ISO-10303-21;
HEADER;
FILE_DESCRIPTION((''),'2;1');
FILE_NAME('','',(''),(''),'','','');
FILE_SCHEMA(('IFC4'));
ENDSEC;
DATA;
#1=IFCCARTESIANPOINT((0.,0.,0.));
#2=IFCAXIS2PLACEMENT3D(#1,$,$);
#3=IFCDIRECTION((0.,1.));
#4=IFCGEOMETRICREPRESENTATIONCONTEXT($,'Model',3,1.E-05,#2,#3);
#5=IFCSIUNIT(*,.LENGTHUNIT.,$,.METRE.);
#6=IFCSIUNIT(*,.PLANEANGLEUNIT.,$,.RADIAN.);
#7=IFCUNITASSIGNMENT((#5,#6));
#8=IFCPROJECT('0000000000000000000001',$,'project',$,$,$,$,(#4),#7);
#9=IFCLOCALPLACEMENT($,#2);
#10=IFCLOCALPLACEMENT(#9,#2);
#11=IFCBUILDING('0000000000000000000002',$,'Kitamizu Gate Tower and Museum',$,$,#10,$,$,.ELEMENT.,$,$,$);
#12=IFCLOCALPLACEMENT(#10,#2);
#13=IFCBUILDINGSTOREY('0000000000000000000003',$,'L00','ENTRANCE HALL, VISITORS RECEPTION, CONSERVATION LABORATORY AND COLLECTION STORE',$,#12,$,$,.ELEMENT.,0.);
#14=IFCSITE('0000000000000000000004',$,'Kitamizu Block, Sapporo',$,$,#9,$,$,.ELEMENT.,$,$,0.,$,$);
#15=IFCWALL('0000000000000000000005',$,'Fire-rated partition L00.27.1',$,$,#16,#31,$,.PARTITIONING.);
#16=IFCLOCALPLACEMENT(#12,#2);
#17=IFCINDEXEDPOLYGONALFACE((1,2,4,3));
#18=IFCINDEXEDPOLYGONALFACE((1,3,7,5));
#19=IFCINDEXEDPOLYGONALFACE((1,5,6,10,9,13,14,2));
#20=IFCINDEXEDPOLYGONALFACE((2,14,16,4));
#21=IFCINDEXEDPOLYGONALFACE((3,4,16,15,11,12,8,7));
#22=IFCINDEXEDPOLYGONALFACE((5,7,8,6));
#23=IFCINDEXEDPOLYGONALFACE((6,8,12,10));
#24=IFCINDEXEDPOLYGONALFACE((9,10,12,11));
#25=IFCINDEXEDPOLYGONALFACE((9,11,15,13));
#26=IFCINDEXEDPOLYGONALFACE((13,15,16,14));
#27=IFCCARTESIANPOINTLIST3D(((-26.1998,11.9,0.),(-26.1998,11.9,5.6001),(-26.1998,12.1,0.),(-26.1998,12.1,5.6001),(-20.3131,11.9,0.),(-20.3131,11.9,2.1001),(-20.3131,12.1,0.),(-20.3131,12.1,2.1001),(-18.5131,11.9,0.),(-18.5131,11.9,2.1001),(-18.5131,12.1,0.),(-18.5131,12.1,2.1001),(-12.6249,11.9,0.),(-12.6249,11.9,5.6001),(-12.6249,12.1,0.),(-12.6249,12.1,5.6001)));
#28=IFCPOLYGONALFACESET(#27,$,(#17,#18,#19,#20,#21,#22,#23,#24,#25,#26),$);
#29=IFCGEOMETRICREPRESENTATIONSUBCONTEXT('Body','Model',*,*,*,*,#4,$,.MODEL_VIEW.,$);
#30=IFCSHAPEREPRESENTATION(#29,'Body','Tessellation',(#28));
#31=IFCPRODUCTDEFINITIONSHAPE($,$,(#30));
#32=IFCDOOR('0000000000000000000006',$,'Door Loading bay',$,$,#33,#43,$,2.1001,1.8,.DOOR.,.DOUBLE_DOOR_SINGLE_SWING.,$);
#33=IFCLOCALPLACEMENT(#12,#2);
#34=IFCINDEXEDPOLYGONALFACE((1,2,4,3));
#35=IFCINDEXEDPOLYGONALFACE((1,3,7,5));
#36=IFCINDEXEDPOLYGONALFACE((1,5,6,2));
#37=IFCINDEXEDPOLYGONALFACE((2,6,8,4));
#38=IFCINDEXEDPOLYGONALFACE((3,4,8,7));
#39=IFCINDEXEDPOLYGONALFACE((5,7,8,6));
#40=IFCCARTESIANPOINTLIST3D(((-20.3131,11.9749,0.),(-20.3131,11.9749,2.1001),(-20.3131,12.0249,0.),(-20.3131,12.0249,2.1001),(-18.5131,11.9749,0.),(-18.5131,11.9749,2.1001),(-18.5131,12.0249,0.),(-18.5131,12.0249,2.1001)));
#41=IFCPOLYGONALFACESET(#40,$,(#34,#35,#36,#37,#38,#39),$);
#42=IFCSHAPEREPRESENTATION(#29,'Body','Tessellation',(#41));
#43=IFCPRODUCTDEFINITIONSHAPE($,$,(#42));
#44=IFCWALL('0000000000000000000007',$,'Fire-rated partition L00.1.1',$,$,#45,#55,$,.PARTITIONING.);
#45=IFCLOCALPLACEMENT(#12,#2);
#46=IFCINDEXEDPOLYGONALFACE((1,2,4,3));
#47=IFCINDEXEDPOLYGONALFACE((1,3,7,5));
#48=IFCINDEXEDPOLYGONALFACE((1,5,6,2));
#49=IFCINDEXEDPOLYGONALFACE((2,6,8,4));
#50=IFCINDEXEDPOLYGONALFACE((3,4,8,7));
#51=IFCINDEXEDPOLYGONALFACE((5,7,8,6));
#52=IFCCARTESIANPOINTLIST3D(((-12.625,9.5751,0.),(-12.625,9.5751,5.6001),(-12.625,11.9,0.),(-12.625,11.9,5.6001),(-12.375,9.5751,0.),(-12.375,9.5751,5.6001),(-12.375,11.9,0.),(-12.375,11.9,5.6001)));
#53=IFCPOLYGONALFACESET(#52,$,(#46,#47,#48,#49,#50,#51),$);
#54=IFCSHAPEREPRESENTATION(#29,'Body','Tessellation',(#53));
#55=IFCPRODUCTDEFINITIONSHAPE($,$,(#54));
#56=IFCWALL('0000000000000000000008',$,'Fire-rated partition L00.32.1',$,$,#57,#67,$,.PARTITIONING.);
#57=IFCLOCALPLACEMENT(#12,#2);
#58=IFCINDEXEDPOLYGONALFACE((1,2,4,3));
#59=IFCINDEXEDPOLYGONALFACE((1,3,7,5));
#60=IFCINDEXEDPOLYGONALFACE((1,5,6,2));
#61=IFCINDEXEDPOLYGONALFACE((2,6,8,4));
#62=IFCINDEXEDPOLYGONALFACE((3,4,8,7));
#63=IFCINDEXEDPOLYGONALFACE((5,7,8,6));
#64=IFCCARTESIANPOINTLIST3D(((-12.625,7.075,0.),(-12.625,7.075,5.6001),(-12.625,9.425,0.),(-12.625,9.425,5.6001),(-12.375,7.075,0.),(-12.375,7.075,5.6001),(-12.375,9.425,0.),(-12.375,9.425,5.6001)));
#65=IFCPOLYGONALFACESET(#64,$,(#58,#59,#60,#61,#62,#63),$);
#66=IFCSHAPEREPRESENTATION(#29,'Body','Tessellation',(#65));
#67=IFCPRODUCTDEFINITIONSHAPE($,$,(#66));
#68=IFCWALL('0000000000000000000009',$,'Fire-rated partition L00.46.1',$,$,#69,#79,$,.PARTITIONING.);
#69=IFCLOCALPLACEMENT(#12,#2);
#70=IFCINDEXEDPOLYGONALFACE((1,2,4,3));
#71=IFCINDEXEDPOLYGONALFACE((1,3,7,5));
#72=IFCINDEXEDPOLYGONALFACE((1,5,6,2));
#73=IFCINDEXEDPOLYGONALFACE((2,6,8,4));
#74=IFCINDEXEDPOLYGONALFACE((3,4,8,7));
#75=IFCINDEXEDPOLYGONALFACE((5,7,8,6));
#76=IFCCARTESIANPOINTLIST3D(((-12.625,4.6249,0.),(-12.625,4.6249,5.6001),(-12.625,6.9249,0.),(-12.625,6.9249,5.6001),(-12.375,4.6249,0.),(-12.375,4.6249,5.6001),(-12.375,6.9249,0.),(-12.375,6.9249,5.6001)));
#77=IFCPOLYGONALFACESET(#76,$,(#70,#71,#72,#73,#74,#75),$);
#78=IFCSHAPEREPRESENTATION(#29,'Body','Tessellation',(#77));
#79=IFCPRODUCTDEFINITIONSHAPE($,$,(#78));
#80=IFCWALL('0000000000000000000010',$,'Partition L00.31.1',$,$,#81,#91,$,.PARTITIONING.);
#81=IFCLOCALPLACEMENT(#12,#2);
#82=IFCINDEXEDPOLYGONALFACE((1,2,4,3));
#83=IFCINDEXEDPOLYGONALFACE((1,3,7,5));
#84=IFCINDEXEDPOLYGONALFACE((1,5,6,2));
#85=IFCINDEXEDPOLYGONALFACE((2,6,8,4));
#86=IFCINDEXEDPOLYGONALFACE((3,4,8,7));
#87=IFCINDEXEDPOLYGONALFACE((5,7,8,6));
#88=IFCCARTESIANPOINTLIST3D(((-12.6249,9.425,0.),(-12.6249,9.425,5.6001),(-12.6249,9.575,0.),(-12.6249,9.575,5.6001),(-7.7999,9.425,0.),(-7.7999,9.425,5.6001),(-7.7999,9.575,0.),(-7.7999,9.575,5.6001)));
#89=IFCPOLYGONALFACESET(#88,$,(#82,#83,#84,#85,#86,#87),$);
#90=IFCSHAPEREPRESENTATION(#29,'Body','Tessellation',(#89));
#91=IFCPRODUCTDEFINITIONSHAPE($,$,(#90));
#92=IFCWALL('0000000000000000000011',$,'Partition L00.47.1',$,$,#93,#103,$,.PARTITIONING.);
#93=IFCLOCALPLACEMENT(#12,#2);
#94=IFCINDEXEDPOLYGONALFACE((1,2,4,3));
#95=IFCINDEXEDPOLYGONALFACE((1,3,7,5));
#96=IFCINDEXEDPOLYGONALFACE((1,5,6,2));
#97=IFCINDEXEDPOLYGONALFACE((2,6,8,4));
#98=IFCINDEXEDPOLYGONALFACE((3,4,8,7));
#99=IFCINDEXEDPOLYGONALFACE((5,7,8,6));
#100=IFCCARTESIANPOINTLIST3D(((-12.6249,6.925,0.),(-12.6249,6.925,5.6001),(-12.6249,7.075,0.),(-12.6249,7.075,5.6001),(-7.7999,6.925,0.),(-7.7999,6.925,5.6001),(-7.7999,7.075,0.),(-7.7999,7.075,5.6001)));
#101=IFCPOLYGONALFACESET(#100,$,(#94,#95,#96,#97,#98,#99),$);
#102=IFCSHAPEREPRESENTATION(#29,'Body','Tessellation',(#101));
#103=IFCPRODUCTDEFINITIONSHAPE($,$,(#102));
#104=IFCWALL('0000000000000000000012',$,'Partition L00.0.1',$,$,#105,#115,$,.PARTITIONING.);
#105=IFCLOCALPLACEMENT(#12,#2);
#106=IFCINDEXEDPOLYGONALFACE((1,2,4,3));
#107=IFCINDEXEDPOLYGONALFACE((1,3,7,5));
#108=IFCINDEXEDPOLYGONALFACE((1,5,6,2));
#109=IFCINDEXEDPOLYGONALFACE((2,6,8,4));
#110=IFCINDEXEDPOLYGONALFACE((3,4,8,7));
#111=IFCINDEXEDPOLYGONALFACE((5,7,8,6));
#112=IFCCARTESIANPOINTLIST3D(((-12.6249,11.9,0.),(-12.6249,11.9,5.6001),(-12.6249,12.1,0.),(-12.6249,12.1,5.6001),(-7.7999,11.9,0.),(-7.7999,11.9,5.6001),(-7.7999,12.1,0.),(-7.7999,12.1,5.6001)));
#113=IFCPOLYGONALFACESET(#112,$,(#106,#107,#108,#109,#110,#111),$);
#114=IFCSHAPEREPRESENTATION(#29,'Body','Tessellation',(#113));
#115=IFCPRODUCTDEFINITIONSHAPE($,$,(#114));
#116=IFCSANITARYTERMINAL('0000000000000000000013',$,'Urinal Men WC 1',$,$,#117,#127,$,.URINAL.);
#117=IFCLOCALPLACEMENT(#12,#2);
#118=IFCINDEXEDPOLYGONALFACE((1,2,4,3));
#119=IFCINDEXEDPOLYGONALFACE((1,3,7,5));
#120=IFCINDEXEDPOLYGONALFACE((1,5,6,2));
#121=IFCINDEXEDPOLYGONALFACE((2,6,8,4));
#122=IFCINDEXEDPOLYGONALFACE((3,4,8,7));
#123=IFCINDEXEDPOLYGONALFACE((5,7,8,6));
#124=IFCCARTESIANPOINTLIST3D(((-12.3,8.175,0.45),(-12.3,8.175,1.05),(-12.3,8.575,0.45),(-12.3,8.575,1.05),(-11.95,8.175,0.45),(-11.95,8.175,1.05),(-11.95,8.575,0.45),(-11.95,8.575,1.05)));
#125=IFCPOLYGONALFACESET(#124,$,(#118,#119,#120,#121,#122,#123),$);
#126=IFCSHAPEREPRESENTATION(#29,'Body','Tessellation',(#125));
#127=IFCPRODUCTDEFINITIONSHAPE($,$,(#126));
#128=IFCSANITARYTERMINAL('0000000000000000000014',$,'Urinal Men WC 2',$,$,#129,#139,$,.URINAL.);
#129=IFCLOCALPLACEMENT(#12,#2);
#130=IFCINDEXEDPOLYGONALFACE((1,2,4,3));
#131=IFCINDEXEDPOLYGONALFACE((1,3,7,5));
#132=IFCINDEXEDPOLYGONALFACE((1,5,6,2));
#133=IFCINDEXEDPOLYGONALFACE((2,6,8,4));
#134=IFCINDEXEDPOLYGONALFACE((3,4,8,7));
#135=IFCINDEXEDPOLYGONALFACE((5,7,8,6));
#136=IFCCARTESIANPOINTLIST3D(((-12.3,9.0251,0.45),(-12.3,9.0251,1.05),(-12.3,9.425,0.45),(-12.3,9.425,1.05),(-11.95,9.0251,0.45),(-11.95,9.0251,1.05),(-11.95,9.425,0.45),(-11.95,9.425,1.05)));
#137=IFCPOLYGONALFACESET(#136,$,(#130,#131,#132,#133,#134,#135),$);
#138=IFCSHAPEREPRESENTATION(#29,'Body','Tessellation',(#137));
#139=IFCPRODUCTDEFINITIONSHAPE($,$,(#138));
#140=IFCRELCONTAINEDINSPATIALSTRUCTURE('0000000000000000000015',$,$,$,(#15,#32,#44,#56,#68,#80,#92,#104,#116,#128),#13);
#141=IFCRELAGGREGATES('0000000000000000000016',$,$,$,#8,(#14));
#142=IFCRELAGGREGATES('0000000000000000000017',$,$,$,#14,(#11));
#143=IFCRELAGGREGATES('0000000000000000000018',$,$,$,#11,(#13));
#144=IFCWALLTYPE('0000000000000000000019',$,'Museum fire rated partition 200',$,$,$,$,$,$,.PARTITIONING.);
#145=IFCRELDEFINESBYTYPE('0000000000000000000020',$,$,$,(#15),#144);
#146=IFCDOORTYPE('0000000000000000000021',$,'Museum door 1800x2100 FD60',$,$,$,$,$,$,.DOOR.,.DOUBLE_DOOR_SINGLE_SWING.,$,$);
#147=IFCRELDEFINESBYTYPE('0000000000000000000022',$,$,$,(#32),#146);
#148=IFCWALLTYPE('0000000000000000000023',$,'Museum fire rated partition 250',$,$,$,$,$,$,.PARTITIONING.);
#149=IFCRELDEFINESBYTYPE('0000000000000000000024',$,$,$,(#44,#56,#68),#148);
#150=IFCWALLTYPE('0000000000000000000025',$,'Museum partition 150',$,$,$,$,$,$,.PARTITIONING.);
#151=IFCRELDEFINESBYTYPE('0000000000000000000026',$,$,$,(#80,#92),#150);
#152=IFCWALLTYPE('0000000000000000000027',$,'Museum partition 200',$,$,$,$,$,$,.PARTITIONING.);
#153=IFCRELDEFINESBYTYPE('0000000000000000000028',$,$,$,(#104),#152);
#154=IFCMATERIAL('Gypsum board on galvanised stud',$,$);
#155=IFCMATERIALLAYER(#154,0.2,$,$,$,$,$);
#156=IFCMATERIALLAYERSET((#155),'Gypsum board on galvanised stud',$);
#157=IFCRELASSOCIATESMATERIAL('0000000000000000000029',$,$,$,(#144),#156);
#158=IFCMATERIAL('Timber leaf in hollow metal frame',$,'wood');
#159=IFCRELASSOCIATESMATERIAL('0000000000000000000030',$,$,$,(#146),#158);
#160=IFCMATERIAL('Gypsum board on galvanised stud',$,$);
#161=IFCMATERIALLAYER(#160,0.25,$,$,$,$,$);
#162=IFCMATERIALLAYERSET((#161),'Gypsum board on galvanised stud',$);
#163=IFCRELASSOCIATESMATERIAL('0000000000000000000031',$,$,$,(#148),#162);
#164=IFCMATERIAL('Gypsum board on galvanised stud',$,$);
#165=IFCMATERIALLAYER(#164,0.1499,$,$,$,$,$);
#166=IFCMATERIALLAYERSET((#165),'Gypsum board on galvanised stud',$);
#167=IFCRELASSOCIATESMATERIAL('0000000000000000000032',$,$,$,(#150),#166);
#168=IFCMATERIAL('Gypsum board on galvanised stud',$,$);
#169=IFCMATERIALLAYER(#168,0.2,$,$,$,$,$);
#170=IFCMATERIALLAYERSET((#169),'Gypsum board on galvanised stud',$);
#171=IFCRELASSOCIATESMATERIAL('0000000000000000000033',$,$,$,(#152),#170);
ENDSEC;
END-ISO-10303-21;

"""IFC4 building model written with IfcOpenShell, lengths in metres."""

from ifc_helpers import new_model, si_unit, direction, frame, frame_2d, origin, origin_2d, place, context, subcontext, project, spatial, rectangle, extrude, material, layer, layer_set, type_object, element, fill, save


model = new_model("IFC4")

# Units and contexts
model_context = context("Model", 3, precision=1e-05, world=origin(), true_north=direction((0.0, 1.0)))
body_context = subcontext(model_context, "Body", "Model", "MODEL_VIEW")
ifc_project = project(units=[si_unit("LENGTHUNIT", "METRE"), si_unit("PLANEANGLEUNIT", "RADIAN")], contexts=[model_context])

# Site, building, storey
site_placement = place(None, origin())
site = spatial("IfcSite", under=ifc_project, at=site_placement, Name="Kitamizu Block, Sapporo", CompositionType="ELEMENT", RefElevation=0.0)
building_placement = place(site_placement, origin())
building = spatial("IfcBuilding", under=site, at=building_placement, Name="Kitamizu Gate Tower and Museum", CompositionType="ELEMENT")
storey_placement = place(building_placement, origin())
storey = spatial("IfcBuildingStorey", under=building, at=storey_placement, Name="L00", Description="ENTRANCE HALL, VISITORS RECEPTION, CONSERVATION LABORATORY AND COLLECTION STORE", CompositionType="ELEMENT", Elevation=0.0)

# Wall, opening, door
ifc_material_1 = material(Name="Gypsum board on galvanised stud")
ifc_layer_1 = layer(ifc_material_1, 0.2)
ifc_layer_set_1 = layer_set([ifc_layer_1], Name="Gypsum board on galvanised stud")
wall_type_1 = type_object("IfcWallType", Name="Museum fire rated partition 200", PredefinedType="PARTITIONING", material=ifc_layer_set_1)
wall_1_placement = place(storey_placement, frame((-26.2, 12.0, 0.0), z_axis=(0.0, 0.0, 1.0), x_axis=(1.0, 0.0, 0.0)))
wall_1 = element("IfcWall", 1, at=wall_1_placement, inside=storey, type_object=wall_type_1, Name="Fire-rated partition L00.27.1", PredefinedType="PARTITIONING", context=body_context, shape_type="SweptSolid", body=[
    extrude(rectangle(XDim=13.575, YDim=0.2, at=frame_2d((6.7876, 0.0))), origin(), (0.0, 0.0, 1.0), 5.6001),
])
opening_1_placement = place(wall_1_placement, frame((5.887, 0.0, 0.0)))
opening_1 = element("IfcOpeningElement", 2, at=opening_1_placement, cuts=wall_1, PredefinedType="OPENING", context=body_context, shape_type="SweptSolid", body=[
    extrude(rectangle(XDim=1.8, YDim=2.1001, at=frame_2d((0.8999, 1.05))), frame((0.0, 0.1099, 0.0), z_axis=(0.0, -1.0, 0.0), x_axis=(1.0, 0.0, 0.0)), (0.0, 0.0, 1.0), 0.22),
])
ifc_material_2 = material(Name="Timber leaf in hollow metal frame", Category="wood")
door_type_1 = type_object("IfcDoorType", Name="Museum door 1800x2100 FD60", OperationType="DOUBLE_DOOR_SINGLE_SWING", PredefinedType="DOOR", material=ifc_material_2)
door_1_placement = place(opening_1_placement, origin())
door_1 = element("IfcDoor", 3, at=door_1_placement, inside=storey, type_object=door_type_1, Name="Door Loading bay", OperationType="DOUBLE_DOOR_SINGLE_SWING", OverallHeight=2.1001, OverallWidth=1.8, PredefinedType="DOOR", context=body_context, shape_type="SweptSolid", body=[
    extrude(rectangle(XDim=1.8, YDim=2.1001, at=frame_2d((0.8999, 1.05))), frame((0.0, 0.0249, 0.0), z_axis=(0.0, -1.0, 0.0), x_axis=(1.0, 0.0, 0.0)), (0.0, 0.0, 1.0), 0.05),
])
fill(opening_1, door_1)

# Walls
ifc_material_3 = material(Name="Gypsum board on galvanised stud")
ifc_layer_2 = layer(ifc_material_3, 0.25)
ifc_layer_set_2 = layer_set([ifc_layer_2], Name="Gypsum board on galvanised stud")
wall_type_2 = type_object("IfcWallType", Name="Museum fire rated partition 250", PredefinedType="PARTITIONING", material=ifc_layer_set_2)
wall_2_placement = place(storey_placement, frame((-12.5, 9.575, 0.0), z_axis=(0.0, 0.0, 1.0), x_axis=(0.0, 1.0, 0.0)))
element("IfcWall", 4, at=wall_2_placement, inside=storey, type_object=wall_type_2, Name="Fire-rated partition L00.1.1", PredefinedType="PARTITIONING", context=body_context, shape_type="SweptSolid", body=[
    extrude(rectangle(XDim=2.325, YDim=0.25, at=frame_2d((1.1626, 0.0))), origin(), (0.0, 0.0, 1.0), 5.6001),
])
wall_3_placement = place(storey_placement, frame((-12.5, 7.075, 0.0), z_axis=(0.0, 0.0, 1.0), x_axis=(0.0, 1.0, 0.0)))
element("IfcWall", 5, at=wall_3_placement, inside=storey, type_object=wall_type_2, Name="Fire-rated partition L00.32.1", PredefinedType="PARTITIONING", context=body_context, shape_type="SweptSolid", body=[
    extrude(rectangle(XDim=2.3501, YDim=0.25, at=frame_2d((1.175, 0.0))), origin(), (0.0, 0.0, 1.0), 5.6001),
])
wall_4_placement = place(storey_placement, frame((-12.5, 4.625, 0.0), z_axis=(0.0, 0.0, 1.0), x_axis=(0.0, 1.0, 0.0)))
element("IfcWall", 6, at=wall_4_placement, inside=storey, type_object=wall_type_2, Name="Fire-rated partition L00.46.1", PredefinedType="PARTITIONING", context=body_context, shape_type="SweptSolid", body=[
    extrude(rectangle(XDim=2.3, YDim=0.25, at=frame_2d((1.1499, 0.0))), origin(), (0.0, 0.0, 1.0), 5.6001),
])
ifc_material_4 = material(Name="Gypsum board on galvanised stud")
ifc_layer_3 = layer(ifc_material_4, 0.1499)
ifc_layer_set_3 = layer_set([ifc_layer_3], Name="Gypsum board on galvanised stud")
wall_type_3 = type_object("IfcWallType", Name="Museum partition 150", PredefinedType="PARTITIONING", material=ifc_layer_set_3)
for number, where, z_axis, x_axis, name in (
    (7, (-12.625, 9.5, 0.0), (0.0, 0.0, 1.0), (1.0, 0.0, 0.0), "Partition L00.31.1"),
    (8, (-12.625, 7.0, 0.0), (0.0, 0.0, 1.0), (1.0, 0.0, 0.0), "Partition L00.47.1"),
):
    element("IfcWall", number, at=place(storey_placement, frame(where, z_axis=z_axis, x_axis=x_axis)), inside=storey, type_object=wall_type_3, Name=name, PredefinedType="PARTITIONING", context=body_context, shape_type="SweptSolid", body=[
        extrude(rectangle(XDim=4.825, YDim=0.1499, at=frame_2d((2.4126, 0.0))), origin(), (0.0, 0.0, 1.0), 5.6001),
    ])
ifc_material_5 = material(Name="Gypsum board on galvanised stud")
ifc_layer_4 = layer(ifc_material_5, 0.2)
ifc_layer_set_4 = layer_set([ifc_layer_4], Name="Gypsum board on galvanised stud")
wall_type_4 = type_object("IfcWallType", Name="Museum partition 200", PredefinedType="PARTITIONING", material=ifc_layer_set_4)
wall_5_placement = place(storey_placement, frame((-12.625, 12.0, 0.0), z_axis=(0.0, 0.0, 1.0), x_axis=(1.0, 0.0, 0.0)))
element("IfcWall", 9, at=wall_5_placement, inside=storey, type_object=wall_type_4, Name="Partition L00.0.1", PredefinedType="PARTITIONING", context=body_context, shape_type="SweptSolid", body=[
    extrude(rectangle(XDim=4.825, YDim=0.2, at=frame_2d((2.4126, 0.0))), origin(), (0.0, 0.0, 1.0), 5.6001),
])

# Sanitary terminals
for number, where, z_axis, x_axis, name in (
    (10, (-12.125, 8.375, 0.45), (0.0, 0.0, 1.0), (1.0, 0.0, 0.0), "Urinal Men WC 1"),
    (11, (-12.125, 9.2251, 0.45), (0.0, 0.0, 1.0), (1.0, 0.0, 0.0), "Urinal Men WC 2"),
):
    element("IfcSanitaryTerminal", number, at=place(storey_placement, frame(where, z_axis=z_axis, x_axis=x_axis)), inside=storey, Name=name, PredefinedType="URINAL", context=body_context, shape_type="SweptSolid", body=[
        extrude(rectangle(XDim=0.3501, YDim=0.3999, at=origin_2d()), origin(), (0.0, 0.0, 1.0), 0.6001),
    ])

save(model, "model.ifc")
